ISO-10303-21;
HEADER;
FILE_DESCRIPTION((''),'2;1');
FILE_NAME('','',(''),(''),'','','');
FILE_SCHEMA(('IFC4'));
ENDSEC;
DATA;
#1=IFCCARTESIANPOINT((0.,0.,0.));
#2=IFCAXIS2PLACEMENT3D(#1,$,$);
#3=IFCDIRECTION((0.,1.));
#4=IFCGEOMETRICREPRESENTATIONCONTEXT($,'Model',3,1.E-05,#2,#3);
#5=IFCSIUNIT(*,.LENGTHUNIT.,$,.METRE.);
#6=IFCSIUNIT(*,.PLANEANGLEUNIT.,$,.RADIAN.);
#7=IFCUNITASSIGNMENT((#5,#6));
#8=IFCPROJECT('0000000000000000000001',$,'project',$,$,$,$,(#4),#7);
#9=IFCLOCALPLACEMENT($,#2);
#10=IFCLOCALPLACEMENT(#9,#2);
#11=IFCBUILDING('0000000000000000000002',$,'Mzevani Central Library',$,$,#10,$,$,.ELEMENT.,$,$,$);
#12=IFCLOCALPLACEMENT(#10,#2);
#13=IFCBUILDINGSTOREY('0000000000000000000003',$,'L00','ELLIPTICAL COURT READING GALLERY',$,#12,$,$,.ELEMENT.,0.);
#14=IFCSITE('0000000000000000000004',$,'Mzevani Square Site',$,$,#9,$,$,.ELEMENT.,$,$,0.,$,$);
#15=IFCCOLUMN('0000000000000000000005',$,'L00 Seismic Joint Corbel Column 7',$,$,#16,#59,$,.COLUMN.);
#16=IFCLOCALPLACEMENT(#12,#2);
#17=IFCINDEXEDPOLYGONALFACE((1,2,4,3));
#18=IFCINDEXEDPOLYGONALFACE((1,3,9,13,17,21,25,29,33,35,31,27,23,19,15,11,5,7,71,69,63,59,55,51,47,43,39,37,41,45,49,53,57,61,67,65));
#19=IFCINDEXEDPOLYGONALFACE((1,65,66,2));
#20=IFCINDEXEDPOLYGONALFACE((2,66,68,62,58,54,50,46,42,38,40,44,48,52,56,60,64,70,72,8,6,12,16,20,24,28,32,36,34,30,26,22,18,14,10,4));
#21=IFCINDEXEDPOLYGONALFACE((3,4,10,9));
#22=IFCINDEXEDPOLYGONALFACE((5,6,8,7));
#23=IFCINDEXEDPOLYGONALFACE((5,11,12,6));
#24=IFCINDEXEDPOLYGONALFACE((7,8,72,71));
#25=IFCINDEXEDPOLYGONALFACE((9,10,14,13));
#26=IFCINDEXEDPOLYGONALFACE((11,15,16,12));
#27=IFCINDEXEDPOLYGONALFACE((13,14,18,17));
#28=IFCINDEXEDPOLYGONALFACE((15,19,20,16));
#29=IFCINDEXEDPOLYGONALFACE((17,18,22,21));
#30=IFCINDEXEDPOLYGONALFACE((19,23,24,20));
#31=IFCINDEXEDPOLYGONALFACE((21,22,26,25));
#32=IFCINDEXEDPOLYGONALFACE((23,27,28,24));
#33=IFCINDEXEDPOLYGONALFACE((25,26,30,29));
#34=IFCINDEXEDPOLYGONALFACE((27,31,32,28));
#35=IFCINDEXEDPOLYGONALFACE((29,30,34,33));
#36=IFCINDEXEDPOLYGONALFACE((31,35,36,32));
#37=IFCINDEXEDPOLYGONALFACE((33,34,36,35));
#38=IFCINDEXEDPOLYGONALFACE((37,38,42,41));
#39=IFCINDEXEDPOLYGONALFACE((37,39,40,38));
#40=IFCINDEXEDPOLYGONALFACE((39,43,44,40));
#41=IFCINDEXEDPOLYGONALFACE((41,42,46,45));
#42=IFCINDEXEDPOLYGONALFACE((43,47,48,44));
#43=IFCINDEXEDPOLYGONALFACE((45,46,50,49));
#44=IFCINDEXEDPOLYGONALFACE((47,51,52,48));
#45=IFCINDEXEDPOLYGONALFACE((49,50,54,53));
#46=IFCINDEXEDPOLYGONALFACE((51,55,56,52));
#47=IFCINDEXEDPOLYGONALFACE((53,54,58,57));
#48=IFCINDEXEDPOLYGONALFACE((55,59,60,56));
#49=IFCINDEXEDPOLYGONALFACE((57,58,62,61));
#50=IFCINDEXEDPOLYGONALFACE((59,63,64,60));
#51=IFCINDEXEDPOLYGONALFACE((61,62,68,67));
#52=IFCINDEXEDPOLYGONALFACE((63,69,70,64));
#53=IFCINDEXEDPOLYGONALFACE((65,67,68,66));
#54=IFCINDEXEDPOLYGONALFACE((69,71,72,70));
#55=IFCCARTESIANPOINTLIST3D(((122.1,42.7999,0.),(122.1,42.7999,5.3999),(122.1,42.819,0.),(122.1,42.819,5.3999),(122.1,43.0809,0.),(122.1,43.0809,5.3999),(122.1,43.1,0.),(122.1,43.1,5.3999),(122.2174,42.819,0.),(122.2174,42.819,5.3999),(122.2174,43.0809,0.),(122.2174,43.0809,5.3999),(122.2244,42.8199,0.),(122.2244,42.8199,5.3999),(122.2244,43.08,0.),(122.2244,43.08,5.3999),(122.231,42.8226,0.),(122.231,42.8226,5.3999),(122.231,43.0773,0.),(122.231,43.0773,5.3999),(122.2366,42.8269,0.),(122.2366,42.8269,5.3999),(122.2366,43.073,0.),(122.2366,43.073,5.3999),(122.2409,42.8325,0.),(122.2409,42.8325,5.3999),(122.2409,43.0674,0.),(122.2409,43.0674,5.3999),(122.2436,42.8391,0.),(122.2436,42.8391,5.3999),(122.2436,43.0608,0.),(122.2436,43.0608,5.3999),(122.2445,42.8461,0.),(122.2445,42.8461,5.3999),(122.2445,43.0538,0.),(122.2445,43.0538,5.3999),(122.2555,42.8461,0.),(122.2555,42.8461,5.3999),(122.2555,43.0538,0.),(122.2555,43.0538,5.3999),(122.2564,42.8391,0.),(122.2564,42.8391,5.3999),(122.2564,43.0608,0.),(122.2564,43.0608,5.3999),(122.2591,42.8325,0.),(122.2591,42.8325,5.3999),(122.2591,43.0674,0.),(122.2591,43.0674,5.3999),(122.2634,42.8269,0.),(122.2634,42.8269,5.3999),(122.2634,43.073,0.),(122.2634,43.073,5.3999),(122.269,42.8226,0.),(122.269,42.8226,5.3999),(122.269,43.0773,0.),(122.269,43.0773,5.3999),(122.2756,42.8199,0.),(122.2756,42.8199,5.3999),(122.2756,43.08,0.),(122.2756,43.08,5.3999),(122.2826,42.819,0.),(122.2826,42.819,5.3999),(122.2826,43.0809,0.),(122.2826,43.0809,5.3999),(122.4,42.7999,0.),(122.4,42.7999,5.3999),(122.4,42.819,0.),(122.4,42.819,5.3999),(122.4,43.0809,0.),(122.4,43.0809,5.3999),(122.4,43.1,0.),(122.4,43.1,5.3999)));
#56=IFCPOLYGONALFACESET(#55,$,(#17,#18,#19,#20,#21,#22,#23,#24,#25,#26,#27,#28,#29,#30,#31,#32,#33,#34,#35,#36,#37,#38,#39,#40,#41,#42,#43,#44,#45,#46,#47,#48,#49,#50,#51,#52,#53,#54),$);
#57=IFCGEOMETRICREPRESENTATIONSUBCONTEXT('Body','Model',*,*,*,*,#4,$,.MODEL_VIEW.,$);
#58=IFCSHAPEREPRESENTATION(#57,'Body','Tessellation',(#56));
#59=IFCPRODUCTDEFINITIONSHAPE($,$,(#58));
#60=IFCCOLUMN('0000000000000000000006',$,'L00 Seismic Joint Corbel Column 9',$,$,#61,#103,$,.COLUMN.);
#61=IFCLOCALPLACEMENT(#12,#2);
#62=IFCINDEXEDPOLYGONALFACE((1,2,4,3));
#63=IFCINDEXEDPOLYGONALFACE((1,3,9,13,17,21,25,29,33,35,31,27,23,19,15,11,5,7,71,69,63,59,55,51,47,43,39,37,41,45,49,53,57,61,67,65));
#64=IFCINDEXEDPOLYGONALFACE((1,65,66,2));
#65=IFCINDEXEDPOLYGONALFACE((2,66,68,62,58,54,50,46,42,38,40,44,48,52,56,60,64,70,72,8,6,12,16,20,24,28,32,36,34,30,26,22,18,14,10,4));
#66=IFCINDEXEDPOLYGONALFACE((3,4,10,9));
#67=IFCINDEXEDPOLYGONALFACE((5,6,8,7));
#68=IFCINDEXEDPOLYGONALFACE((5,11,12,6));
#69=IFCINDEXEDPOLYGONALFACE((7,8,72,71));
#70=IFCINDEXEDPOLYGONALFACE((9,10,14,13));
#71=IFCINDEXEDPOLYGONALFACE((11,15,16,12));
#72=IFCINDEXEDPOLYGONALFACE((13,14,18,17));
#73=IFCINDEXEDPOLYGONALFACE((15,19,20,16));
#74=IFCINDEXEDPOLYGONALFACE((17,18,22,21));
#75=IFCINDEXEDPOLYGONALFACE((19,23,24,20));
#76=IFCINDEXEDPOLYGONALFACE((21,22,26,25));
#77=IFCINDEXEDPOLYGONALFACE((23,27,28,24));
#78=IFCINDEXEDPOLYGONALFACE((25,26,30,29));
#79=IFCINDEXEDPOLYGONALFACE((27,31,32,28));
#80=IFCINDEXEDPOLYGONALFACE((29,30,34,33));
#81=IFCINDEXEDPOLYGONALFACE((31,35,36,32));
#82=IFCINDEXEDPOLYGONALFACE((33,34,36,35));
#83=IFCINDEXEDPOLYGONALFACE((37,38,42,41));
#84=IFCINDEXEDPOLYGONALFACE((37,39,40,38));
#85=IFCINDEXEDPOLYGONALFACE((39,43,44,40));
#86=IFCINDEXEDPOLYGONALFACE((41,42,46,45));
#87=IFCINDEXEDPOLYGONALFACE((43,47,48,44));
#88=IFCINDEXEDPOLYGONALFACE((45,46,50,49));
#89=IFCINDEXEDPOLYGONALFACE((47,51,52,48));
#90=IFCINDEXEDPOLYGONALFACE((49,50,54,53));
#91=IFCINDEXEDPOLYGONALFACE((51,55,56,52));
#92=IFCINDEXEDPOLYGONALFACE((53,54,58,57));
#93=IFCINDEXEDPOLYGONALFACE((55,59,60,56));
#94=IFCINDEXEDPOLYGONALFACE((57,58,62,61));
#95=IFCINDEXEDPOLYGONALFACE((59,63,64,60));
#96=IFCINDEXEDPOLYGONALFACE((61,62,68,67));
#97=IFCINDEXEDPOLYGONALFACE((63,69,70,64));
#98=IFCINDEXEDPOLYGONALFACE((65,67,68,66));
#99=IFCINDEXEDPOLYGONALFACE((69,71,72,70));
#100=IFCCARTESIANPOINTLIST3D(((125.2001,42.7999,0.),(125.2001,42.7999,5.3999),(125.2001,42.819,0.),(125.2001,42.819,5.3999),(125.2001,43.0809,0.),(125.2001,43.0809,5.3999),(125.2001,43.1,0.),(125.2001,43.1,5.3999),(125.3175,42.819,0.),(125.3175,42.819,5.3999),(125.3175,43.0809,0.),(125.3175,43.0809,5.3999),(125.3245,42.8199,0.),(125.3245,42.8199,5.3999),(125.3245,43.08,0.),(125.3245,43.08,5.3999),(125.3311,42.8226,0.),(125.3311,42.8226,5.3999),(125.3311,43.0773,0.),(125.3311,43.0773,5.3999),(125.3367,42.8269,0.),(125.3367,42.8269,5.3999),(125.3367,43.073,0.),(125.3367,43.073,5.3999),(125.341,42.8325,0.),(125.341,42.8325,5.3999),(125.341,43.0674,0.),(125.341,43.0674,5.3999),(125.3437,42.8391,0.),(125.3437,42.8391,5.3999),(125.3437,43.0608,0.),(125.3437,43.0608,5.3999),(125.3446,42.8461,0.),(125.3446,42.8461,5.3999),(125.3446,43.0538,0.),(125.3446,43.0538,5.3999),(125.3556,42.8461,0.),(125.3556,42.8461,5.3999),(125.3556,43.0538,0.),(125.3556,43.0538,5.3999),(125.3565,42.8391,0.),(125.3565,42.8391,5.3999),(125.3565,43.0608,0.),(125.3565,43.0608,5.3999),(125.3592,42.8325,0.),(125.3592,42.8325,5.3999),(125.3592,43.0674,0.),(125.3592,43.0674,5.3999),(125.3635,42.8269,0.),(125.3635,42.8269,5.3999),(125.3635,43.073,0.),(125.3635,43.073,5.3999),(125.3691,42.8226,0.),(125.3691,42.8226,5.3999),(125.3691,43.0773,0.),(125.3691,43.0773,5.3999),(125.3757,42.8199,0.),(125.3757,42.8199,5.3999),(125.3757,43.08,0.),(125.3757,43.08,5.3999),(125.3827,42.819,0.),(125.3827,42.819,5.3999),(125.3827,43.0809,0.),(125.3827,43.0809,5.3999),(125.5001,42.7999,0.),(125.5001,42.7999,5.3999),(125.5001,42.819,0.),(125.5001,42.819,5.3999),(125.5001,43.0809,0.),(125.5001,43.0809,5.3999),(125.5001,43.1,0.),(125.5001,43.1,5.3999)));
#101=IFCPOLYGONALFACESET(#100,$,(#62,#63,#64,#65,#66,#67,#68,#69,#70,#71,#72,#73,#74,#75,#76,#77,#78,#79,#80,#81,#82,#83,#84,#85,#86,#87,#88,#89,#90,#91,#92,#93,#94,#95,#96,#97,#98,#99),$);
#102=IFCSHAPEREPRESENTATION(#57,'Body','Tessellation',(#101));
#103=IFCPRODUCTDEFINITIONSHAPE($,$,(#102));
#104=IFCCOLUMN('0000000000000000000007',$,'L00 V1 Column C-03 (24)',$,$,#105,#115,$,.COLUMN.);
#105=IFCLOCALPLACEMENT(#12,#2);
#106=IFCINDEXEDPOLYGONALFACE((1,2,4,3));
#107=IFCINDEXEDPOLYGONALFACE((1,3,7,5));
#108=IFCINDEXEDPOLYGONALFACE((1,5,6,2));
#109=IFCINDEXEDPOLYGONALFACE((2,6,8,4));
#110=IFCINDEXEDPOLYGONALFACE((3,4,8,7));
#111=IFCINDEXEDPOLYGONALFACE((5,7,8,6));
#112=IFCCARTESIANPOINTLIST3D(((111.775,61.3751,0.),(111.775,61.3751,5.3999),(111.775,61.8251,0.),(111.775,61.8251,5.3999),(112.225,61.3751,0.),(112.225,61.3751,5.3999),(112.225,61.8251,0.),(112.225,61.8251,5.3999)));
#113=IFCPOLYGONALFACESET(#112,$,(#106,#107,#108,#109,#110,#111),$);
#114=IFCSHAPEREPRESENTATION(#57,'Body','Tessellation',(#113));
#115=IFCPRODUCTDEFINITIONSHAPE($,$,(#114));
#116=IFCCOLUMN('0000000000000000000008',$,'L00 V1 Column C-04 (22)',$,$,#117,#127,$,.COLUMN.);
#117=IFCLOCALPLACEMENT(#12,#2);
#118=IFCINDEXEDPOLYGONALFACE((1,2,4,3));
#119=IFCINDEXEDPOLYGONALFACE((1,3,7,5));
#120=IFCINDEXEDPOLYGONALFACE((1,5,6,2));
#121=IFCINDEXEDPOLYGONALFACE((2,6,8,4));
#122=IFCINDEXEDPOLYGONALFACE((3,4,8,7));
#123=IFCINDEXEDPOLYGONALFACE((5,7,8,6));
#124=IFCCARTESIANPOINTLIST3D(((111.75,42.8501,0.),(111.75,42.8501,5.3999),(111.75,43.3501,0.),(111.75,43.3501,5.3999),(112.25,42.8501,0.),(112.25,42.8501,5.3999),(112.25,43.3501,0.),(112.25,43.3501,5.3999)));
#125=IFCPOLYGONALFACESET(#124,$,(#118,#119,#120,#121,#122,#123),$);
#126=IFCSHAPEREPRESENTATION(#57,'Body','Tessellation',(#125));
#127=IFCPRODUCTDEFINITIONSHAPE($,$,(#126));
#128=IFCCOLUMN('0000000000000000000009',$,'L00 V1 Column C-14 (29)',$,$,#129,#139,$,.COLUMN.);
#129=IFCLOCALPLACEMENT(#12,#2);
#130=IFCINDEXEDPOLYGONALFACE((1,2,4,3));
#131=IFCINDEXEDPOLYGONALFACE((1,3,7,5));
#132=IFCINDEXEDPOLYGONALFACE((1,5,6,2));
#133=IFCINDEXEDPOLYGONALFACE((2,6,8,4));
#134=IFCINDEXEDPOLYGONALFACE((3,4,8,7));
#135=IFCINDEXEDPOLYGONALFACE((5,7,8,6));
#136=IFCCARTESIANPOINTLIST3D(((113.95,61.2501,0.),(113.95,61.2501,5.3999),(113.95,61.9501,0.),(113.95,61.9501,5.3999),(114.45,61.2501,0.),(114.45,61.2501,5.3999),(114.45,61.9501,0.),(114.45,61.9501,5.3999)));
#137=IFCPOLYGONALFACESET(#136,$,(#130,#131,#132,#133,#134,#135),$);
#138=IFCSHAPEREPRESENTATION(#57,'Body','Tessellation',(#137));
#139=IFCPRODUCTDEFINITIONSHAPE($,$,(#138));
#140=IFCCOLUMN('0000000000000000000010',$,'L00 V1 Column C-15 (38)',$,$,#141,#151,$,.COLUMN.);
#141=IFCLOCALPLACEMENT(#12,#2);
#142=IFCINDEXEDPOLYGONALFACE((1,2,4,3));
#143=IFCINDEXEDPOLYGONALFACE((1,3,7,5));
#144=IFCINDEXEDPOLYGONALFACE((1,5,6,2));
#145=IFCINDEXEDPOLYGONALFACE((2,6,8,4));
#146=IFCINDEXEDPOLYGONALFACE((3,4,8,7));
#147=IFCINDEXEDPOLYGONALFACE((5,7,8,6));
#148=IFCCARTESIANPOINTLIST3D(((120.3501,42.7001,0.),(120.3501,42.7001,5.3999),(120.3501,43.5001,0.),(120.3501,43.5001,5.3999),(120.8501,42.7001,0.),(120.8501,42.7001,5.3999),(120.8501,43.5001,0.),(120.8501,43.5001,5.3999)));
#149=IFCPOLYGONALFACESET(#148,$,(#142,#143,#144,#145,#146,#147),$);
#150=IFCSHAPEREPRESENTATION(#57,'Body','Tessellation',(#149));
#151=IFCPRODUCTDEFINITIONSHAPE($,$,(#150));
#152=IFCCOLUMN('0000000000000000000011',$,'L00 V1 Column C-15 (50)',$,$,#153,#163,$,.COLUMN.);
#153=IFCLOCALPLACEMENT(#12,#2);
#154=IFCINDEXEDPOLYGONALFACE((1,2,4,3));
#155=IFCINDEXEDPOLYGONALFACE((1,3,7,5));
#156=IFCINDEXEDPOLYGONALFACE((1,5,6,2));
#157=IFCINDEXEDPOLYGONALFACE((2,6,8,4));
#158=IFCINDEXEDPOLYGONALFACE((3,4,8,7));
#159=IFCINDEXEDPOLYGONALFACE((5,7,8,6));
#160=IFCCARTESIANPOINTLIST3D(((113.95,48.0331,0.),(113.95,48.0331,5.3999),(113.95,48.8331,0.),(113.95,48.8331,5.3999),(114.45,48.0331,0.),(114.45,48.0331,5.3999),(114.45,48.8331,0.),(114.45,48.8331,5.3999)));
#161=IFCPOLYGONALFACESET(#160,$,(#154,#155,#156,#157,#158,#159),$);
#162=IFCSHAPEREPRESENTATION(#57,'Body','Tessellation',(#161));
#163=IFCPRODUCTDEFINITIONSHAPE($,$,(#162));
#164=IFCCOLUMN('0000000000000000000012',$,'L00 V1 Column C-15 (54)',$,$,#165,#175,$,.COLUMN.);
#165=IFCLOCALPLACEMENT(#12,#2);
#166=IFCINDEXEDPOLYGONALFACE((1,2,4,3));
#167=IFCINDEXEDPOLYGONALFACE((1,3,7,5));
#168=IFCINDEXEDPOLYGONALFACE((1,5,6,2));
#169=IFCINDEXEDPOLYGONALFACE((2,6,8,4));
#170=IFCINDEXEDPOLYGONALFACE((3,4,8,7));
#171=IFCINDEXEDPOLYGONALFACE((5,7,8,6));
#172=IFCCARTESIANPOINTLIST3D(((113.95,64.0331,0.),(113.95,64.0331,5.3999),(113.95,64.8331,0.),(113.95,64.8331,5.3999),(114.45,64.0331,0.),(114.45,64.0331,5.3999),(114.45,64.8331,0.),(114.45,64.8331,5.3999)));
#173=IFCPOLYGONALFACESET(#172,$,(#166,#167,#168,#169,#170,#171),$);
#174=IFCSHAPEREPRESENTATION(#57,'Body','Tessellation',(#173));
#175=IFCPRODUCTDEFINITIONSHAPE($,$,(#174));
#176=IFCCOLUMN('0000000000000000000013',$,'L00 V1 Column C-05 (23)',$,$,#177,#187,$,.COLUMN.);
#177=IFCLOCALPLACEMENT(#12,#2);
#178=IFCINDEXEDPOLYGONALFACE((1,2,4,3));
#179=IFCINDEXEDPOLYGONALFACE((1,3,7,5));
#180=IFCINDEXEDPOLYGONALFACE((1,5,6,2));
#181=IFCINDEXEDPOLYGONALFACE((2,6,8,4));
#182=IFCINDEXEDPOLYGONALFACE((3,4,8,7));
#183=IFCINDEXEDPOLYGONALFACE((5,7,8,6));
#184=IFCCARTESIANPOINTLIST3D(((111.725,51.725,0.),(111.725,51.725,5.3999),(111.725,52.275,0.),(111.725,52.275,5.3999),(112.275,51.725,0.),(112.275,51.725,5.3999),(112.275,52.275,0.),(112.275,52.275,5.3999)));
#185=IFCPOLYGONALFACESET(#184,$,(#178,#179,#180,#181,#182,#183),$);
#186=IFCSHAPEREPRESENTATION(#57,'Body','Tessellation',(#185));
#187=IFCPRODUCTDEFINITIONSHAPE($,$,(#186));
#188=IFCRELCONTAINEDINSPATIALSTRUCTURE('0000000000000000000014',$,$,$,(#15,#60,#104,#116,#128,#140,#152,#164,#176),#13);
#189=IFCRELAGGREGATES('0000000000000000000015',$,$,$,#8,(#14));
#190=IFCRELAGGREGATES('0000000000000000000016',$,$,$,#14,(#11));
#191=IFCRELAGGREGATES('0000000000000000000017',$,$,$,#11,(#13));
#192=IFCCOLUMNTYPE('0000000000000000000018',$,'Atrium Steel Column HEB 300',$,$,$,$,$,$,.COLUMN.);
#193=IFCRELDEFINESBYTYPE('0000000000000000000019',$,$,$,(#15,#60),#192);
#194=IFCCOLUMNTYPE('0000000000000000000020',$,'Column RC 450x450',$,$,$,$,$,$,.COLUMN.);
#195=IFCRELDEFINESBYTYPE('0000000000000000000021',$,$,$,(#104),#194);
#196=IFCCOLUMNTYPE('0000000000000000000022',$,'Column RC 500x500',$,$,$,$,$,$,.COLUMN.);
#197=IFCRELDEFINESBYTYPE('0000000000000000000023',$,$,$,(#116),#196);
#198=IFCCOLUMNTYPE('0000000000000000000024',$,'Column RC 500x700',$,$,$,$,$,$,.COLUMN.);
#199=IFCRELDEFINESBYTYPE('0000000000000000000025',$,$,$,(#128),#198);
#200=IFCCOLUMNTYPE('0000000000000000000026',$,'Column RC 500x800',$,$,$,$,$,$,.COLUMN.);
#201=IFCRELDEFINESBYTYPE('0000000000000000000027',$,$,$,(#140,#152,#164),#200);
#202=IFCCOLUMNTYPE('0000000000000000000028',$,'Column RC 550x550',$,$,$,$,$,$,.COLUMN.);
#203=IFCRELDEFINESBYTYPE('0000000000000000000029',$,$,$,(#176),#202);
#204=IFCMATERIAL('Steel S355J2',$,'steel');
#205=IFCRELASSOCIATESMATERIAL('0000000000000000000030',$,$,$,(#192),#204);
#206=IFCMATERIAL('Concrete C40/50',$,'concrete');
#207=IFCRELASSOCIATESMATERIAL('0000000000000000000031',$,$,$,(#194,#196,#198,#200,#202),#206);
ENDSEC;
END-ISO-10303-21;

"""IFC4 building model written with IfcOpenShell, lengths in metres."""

from ifc_helpers import new_model, si_unit, direction, frame, origin, origin_2d, place, context, subcontext, project, spatial, rectangle, i_section, extrude, material, material_profile, profile_set, type_object, element, save


model = new_model("IFC4")

# Units and contexts
model_context = context("Model", 3, precision=1e-05, world=origin(), true_north=direction((0.0, 1.0)))
body_context = subcontext(model_context, "Body", "Model", "MODEL_VIEW")
ifc_project = project(units=[si_unit("LENGTHUNIT", "METRE"), si_unit("PLANEANGLEUNIT", "RADIAN")], contexts=[model_context])

# Site, building, storey
site_placement = place(None, origin())
site = spatial("IfcSite", under=ifc_project, at=site_placement, Name="Mzevani Square Site", CompositionType="ELEMENT", RefElevation=0.0)
building_placement = place(site_placement, origin())
building = spatial("IfcBuilding", under=site, at=building_placement, Name="Mzevani Central Library", CompositionType="ELEMENT")
storey_placement = place(building_placement, origin())
storey = spatial("IfcBuildingStorey", under=building, at=storey_placement, Name="L00", Description="ELLIPTICAL COURT READING GALLERY", CompositionType="ELEMENT", Elevation=0.0)

# Columns
ifc_material_1 = material(Name="Steel S355J2", Category="steel")
ifc_material_profile_1 = material_profile(ifc_material_1, i_section(OverallWidth=0.3, OverallDepth=0.3, WebThickness=0.011, FlangeThickness=0.019, FilletRadius=0.0271, at=origin_2d()), Name="HEB 300")
ifc_profile_set_1 = profile_set([ifc_material_profile_1], Name="Steel S355J2")
column_type_1 = type_object("IfcColumnType", Name="Atrium Steel Column HEB 300", PredefinedType="COLUMN", material=ifc_profile_set_1)
for number, where, z_axis, x_axis, name in (
    (1, (122.25, 42.95, 0.0), (0.0, 0.0, 1.0), (1.0, 0.0, 0.0), "L00 Seismic Joint Corbel Column 7"),
    (2, (125.3501, 42.95, 0.0), (0.0, 0.0, 1.0), (1.0, 0.0, 0.0), "L00 Seismic Joint Corbel Column 9"),
):
    element("IfcColumn", number, at=place(storey_placement, frame(where, z_axis=z_axis, x_axis=x_axis)), inside=storey, type_object=column_type_1, Name=name, PredefinedType="COLUMN", context=body_context, shape_type="SweptSolid", body=[
        extrude(i_section(OverallWidth=0.3, OverallDepth=0.3, WebThickness=0.011, FlangeThickness=0.019, FilletRadius=0.0271, at=origin_2d()), origin(), (0.0, 0.0, 1.0), 5.3999),
    ])
ifc_material_2 = material(Name="Concrete C40/50", Category="concrete")
ifc_material_profile_2 = material_profile(ifc_material_2, rectangle(XDim=0.45, YDim=0.45, at=origin_2d()), Name="RC 450x450")
ifc_profile_set_2 = profile_set([ifc_material_profile_2], Name="Concrete C40/50")
column_type_2 = type_object("IfcColumnType", Name="Column RC 450x450", PredefinedType="COLUMN", material=ifc_profile_set_2)
column_1_placement = place(storey_placement, frame((112.0, 61.6001, 0.0), z_axis=(0.0, 0.0, 1.0), x_axis=(1.0, 0.0, 0.0)))
element("IfcColumn", 3, at=column_1_placement, inside=storey, type_object=column_type_2, Name="L00 V1 Column C-03 (24)", PredefinedType="COLUMN", context=body_context, shape_type="SweptSolid", body=[
    extrude(rectangle(XDim=0.45, YDim=0.45, at=origin_2d()), origin(), (0.0, 0.0, 1.0), 5.3999),
])
ifc_material_profile_3 = material_profile(ifc_material_2, rectangle(XDim=0.5, YDim=0.5, at=origin_2d()), Name="RC 500x500")
ifc_profile_set_3 = profile_set([ifc_material_profile_3], Name="Concrete C40/50")
column_type_3 = type_object("IfcColumnType", Name="Column RC 500x500", PredefinedType="COLUMN", material=ifc_profile_set_3)
column_2_placement = place(storey_placement, frame((112.0, 43.1001, 0.0), z_axis=(0.0, 0.0, 1.0), x_axis=(1.0, 0.0, 0.0)))
element("IfcColumn", 4, at=column_2_placement, inside=storey, type_object=column_type_3, Name="L00 V1 Column C-04 (22)", PredefinedType="COLUMN", context=body_context, shape_type="SweptSolid", body=[
    extrude(rectangle(XDim=0.5, YDim=0.5, at=origin_2d()), origin(), (0.0, 0.0, 1.0), 5.3999),
])
ifc_material_profile_4 = material_profile(ifc_material_2, rectangle(XDim=0.5, YDim=0.7, at=origin_2d()), Name="RC 500x700")
ifc_profile_set_4 = profile_set([ifc_material_profile_4], Name="Concrete C40/50")
column_type_4 = type_object("IfcColumnType", Name="Column RC 500x700", PredefinedType="COLUMN", material=ifc_profile_set_4)
column_3_placement = place(storey_placement, frame((114.2, 61.6001, 0.0), z_axis=(0.0, 0.0, 1.0), x_axis=(1.0, 0.0, 0.0)))
element("IfcColumn", 5, at=column_3_placement, inside=storey, type_object=column_type_4, Name="L00 V1 Column C-14 (29)", PredefinedType="COLUMN", context=body_context, shape_type="SweptSolid", body=[
    extrude(rectangle(XDim=0.5, YDim=0.7, at=origin_2d()), origin(), (0.0, 0.0, 1.0), 5.3999),
])
ifc_material_profile_5 = material_profile(ifc_material_2, rectangle(XDim=0.5, YDim=0.8, at=origin_2d()), Name="RC 500x800")
ifc_profile_set_5 = profile_set([ifc_material_profile_5], Name="Concrete C40/50")
column_type_5 = type_object("IfcColumnType", Name="Column RC 500x800", PredefinedType="COLUMN", material=ifc_profile_set_5)
for number, where, z_axis, x_axis, name in (
    (6, (120.6001, 43.1001, 0.0), (0.0, 0.0, 1.0), (1.0, 0.0, 0.0), "L00 V1 Column C-15 (38)"),
    (7, (114.2, 48.4331, 0.0), (0.0, 0.0, 1.0), (1.0, 0.0, 0.0), "L00 V1 Column C-15 (50)"),
    (8, (114.2, 64.4331, 0.0), (0.0, 0.0, 1.0), (1.0, 0.0, 0.0), "L00 V1 Column C-15 (54)"),
):
    element("IfcColumn", number, at=place(storey_placement, frame(where, z_axis=z_axis, x_axis=x_axis)), inside=storey, type_object=column_type_5, Name=name, PredefinedType="COLUMN", context=body_context, shape_type="SweptSolid", body=[
        extrude(rectangle(XDim=0.5, YDim=0.8, at=origin_2d()), origin(), (0.0, 0.0, 1.0), 5.3999),
    ])
ifc_material_profile_6 = material_profile(ifc_material_2, rectangle(XDim=0.55, YDim=0.55, at=origin_2d()), Name="RC 550x550")
ifc_profile_set_6 = profile_set([ifc_material_profile_6], Name="Concrete C40/50")
column_type_6 = type_object("IfcColumnType", Name="Column RC 550x550", PredefinedType="COLUMN", material=ifc_profile_set_6)
column_4_placement = place(storey_placement, frame((112.0, 52.0, 0.0), z_axis=(0.0, 0.0, 1.0), x_axis=(1.0, 0.0, 0.0)))
element("IfcColumn", 9, at=column_4_placement, inside=storey, type_object=column_type_6, Name="L00 V1 Column C-05 (23)", PredefinedType="COLUMN", context=body_context, shape_type="SweptSolid", body=[
    extrude(rectangle(XDim=0.55, YDim=0.55, at=origin_2d()), origin(), (0.0, 0.0, 1.0), 5.3999),
])

save(model, "model.ifc")
